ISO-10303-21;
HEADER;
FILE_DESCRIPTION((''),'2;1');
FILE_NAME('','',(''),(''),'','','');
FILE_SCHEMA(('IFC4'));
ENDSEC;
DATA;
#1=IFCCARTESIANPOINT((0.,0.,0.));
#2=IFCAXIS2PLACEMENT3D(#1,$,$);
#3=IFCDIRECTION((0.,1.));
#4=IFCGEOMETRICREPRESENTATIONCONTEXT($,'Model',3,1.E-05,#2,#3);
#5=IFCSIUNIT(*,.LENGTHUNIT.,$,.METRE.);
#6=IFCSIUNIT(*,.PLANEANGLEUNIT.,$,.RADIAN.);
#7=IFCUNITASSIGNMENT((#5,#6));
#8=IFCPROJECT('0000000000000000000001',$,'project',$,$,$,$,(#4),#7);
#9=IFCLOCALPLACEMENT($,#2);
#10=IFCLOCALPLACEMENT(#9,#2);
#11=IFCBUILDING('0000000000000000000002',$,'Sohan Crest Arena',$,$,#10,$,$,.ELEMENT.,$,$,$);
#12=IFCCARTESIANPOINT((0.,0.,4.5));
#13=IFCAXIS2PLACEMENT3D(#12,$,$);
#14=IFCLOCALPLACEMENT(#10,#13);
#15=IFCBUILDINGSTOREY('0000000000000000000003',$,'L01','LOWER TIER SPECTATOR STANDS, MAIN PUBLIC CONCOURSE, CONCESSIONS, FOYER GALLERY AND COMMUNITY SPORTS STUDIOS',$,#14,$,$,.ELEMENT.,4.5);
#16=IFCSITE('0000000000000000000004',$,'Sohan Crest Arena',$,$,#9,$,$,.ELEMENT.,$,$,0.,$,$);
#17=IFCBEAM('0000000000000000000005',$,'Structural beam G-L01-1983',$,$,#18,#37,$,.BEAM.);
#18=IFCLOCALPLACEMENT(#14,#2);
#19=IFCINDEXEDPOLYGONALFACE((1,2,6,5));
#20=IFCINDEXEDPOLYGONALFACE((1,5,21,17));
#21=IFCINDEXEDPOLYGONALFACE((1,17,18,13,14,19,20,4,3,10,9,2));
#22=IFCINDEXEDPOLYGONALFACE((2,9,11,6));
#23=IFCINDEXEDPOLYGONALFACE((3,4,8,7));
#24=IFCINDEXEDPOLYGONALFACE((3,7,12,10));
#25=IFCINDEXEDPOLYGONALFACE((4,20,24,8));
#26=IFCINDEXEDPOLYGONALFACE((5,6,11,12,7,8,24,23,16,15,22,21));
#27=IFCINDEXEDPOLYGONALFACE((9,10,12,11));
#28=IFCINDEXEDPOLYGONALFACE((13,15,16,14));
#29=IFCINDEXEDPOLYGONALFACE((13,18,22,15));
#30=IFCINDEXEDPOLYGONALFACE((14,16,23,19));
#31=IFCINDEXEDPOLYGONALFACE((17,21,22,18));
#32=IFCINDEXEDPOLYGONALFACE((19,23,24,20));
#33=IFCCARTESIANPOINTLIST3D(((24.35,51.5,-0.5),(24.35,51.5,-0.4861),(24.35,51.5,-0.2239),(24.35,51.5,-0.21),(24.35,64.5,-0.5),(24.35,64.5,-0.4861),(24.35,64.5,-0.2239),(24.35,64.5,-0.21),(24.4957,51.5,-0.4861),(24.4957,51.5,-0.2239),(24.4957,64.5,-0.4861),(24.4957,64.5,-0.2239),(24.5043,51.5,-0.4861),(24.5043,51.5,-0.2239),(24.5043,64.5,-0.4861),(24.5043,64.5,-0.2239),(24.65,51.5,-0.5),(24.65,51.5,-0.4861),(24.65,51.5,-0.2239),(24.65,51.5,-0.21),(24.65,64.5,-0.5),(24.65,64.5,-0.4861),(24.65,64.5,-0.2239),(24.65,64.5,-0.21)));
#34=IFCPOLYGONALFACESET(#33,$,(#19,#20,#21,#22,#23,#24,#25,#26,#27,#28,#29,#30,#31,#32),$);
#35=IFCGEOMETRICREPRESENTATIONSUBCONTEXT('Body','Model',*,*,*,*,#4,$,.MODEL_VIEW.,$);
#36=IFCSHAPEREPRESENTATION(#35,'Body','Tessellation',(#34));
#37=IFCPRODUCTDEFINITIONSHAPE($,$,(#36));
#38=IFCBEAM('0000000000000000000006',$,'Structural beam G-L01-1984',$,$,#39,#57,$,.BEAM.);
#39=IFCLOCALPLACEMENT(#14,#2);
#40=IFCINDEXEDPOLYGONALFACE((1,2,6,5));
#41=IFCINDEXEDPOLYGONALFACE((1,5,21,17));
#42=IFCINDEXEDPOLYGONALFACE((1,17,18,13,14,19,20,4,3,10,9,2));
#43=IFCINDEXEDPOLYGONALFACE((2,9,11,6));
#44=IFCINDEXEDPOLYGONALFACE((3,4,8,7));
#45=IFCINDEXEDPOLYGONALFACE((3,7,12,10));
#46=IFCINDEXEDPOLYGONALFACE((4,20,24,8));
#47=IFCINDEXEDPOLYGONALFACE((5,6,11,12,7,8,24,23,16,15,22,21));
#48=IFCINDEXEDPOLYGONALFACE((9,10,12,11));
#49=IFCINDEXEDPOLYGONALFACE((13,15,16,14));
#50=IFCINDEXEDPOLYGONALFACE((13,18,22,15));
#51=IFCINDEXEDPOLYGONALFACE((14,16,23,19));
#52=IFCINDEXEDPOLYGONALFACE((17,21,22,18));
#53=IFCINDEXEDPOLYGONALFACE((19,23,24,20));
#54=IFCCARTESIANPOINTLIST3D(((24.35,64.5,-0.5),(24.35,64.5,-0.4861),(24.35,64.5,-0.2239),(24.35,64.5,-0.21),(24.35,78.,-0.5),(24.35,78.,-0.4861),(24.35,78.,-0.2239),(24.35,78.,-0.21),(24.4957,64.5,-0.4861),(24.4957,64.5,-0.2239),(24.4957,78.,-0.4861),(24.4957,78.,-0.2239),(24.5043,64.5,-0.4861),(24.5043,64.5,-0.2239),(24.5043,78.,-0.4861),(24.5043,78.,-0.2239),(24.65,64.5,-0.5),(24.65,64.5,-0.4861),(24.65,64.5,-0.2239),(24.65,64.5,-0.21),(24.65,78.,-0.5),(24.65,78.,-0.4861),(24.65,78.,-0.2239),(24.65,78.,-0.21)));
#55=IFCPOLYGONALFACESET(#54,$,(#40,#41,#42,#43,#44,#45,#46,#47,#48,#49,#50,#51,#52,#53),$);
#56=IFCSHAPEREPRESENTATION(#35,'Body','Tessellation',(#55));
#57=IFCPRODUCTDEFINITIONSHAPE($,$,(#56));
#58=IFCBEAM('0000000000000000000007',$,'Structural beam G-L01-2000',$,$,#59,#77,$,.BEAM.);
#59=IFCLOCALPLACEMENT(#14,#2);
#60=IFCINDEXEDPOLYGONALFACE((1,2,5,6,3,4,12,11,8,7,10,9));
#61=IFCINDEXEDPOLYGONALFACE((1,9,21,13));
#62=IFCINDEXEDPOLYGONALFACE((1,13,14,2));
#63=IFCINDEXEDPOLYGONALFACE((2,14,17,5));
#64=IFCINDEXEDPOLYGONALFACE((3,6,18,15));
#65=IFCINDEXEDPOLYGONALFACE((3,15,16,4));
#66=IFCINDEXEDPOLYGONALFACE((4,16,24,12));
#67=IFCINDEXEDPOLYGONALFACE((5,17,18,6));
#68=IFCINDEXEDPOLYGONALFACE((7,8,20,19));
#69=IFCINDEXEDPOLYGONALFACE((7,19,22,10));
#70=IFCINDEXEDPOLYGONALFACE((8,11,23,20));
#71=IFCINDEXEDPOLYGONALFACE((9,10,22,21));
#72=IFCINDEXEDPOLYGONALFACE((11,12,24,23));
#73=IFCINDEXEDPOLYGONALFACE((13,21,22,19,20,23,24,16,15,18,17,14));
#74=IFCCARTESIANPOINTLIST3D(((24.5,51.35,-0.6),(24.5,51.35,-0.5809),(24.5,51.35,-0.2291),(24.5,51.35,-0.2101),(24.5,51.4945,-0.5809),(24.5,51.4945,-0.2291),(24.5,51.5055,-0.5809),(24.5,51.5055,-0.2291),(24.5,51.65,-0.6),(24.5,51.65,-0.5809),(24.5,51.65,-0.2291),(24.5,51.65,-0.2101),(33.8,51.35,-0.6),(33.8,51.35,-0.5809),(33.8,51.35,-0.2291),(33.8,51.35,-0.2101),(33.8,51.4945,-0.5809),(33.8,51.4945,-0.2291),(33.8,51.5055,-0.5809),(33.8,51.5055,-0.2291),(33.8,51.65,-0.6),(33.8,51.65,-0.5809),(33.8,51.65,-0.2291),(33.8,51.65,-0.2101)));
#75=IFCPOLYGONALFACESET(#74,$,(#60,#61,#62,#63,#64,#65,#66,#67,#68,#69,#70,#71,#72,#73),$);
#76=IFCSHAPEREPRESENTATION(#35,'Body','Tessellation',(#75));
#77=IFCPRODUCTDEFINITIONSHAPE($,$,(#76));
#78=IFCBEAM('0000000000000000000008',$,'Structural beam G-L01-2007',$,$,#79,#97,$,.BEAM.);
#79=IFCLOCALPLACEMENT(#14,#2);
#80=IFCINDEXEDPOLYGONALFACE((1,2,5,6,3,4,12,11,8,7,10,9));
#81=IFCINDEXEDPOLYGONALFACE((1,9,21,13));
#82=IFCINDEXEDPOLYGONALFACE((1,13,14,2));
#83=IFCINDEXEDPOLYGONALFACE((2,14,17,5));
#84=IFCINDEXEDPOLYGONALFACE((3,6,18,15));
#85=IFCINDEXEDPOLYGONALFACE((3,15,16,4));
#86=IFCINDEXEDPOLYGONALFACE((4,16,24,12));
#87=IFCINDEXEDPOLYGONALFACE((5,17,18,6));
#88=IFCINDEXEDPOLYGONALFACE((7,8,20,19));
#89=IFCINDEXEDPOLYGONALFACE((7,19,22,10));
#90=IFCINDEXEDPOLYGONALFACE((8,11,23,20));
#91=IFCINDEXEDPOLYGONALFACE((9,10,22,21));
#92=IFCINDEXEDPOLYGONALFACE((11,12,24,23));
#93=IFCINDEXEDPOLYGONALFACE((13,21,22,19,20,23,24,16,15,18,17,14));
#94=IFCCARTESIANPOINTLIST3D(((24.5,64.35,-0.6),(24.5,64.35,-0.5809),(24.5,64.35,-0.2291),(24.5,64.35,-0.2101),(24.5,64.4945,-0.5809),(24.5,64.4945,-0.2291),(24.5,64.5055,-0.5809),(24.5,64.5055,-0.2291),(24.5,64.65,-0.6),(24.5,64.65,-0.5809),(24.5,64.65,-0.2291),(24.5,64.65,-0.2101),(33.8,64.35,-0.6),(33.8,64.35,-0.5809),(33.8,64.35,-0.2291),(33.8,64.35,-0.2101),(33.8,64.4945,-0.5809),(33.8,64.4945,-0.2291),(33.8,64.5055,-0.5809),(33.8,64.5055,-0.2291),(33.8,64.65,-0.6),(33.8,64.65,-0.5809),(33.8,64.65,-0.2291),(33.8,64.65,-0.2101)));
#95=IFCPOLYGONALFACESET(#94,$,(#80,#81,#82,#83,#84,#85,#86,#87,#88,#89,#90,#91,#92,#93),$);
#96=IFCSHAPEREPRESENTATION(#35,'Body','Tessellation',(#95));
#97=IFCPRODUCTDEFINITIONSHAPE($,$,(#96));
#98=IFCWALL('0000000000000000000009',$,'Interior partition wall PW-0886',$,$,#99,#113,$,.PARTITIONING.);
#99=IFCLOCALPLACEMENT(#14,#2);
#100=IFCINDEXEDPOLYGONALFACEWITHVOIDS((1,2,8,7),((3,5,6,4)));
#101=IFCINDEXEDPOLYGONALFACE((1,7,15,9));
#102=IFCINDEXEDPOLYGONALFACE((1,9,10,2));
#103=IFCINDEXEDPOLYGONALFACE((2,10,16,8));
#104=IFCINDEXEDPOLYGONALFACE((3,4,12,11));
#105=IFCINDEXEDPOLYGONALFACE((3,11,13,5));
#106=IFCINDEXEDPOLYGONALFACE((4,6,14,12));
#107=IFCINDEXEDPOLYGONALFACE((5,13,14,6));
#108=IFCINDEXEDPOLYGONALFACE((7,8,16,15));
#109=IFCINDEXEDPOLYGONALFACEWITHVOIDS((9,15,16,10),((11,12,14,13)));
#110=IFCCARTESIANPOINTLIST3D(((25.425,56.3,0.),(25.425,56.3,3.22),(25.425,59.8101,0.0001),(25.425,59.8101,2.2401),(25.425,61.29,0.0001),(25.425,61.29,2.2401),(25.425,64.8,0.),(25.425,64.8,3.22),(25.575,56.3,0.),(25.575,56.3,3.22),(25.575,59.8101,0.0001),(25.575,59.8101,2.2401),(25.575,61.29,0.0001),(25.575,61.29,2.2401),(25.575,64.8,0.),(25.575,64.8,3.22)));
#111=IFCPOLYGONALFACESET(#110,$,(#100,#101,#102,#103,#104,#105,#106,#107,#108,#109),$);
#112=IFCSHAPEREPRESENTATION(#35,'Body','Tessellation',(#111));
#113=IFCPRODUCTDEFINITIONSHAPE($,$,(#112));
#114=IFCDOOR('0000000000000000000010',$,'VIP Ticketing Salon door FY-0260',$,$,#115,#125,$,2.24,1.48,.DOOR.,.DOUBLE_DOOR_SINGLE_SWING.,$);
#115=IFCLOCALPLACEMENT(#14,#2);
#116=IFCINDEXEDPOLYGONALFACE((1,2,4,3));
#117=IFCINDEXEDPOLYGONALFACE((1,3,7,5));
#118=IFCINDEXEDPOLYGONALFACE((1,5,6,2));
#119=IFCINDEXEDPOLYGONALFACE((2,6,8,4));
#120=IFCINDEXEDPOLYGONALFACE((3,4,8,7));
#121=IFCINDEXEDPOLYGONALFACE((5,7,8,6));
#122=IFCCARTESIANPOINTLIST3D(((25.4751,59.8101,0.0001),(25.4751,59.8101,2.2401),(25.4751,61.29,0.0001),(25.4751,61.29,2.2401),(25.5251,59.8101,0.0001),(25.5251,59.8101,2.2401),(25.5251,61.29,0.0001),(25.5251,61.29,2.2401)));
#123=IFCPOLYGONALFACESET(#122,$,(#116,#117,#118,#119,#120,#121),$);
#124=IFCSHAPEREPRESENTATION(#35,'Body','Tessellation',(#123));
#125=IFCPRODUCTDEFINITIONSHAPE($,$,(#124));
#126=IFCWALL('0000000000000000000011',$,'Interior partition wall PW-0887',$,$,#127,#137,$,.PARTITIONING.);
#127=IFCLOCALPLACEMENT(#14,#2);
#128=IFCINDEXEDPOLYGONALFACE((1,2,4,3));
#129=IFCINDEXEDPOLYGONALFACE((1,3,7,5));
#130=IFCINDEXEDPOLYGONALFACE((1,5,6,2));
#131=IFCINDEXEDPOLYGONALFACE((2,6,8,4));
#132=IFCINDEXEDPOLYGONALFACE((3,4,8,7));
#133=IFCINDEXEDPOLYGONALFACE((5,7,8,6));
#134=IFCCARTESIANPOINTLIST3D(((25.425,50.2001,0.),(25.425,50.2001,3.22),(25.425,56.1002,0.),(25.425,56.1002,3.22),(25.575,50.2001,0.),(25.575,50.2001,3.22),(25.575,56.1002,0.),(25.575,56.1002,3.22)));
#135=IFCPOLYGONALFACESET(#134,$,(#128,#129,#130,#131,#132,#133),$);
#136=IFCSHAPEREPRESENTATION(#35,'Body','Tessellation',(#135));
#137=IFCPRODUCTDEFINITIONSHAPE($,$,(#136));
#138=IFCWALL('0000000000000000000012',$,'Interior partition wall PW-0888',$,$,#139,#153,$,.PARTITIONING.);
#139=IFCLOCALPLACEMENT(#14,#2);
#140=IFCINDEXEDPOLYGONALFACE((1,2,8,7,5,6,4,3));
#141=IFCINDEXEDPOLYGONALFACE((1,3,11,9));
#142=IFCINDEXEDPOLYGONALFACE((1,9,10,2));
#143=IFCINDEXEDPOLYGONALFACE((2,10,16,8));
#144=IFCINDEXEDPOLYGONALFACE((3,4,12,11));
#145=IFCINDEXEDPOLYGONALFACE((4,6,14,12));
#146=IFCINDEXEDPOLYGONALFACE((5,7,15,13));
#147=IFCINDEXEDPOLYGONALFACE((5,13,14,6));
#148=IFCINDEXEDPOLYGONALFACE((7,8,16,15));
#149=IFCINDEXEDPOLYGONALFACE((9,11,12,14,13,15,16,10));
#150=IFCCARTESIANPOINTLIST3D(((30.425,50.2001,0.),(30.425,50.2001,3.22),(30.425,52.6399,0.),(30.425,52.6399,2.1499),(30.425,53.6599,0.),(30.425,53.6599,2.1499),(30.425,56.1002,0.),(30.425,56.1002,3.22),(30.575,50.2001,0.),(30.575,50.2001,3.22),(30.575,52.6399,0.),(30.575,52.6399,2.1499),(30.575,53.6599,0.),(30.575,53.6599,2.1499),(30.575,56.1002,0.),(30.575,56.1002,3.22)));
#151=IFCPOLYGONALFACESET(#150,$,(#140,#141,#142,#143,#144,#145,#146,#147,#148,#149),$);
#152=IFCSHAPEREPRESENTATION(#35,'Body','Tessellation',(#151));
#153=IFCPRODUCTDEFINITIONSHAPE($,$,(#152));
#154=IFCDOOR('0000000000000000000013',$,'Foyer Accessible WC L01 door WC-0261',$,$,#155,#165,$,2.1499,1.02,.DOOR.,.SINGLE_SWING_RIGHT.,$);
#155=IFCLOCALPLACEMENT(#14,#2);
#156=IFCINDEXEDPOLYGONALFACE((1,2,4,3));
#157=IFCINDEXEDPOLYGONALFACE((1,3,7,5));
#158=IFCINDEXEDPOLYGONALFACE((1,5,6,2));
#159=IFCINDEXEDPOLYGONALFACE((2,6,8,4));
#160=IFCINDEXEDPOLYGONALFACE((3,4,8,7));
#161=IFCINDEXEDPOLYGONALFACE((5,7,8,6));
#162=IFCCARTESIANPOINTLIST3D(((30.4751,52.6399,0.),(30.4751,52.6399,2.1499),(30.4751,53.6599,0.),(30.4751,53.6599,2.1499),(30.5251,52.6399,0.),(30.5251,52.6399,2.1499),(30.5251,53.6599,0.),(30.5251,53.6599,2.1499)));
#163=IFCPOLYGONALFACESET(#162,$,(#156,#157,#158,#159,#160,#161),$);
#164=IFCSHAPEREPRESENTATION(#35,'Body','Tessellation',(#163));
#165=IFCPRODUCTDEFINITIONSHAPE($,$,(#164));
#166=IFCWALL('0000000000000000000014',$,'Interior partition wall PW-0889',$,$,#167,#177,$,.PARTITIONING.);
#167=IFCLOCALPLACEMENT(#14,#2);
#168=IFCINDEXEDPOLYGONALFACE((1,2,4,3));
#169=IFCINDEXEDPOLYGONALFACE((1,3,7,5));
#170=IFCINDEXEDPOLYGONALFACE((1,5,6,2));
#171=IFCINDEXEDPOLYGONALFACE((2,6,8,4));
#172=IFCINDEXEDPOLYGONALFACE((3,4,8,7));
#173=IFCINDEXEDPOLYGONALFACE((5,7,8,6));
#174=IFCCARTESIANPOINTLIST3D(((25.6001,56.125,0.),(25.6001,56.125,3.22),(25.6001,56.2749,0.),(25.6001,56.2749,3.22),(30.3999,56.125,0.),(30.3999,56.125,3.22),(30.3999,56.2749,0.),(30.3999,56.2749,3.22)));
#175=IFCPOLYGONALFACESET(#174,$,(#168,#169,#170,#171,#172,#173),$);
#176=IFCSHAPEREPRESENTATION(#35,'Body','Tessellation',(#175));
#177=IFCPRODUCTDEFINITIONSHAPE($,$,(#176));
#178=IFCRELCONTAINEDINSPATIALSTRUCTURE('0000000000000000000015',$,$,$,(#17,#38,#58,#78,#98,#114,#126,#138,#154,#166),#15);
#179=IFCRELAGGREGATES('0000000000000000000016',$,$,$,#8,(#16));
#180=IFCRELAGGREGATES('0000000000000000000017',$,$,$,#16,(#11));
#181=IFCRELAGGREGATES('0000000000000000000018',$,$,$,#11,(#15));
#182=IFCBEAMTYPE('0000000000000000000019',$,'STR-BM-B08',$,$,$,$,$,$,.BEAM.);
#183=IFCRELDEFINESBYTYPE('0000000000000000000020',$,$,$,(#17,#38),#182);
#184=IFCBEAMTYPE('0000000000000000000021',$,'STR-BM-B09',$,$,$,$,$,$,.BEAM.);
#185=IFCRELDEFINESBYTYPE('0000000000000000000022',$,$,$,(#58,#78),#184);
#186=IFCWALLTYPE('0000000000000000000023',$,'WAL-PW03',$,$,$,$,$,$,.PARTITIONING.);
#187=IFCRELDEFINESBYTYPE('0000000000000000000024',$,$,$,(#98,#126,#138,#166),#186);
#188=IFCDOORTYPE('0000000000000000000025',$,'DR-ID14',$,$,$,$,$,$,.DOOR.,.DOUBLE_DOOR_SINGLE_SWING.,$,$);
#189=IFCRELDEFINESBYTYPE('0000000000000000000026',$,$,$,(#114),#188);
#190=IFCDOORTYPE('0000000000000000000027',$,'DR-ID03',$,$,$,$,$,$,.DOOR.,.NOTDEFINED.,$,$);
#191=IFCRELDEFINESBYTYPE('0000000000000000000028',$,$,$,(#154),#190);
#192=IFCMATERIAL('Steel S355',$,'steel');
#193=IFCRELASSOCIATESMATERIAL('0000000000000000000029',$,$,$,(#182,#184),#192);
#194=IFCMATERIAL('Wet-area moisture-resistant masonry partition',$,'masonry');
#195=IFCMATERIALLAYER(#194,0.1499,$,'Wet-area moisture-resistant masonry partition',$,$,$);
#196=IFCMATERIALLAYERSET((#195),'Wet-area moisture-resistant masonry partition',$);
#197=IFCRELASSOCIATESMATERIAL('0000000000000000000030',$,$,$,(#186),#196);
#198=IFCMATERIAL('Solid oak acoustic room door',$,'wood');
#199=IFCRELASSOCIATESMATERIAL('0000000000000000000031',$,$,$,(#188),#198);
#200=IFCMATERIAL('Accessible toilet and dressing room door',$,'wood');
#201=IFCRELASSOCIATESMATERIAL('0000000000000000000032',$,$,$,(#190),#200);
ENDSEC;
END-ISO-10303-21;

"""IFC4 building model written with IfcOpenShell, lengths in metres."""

from ifc_helpers import new_model, si_unit, direction, frame, frame_2d, origin, origin_2d, place, context, subcontext, project, spatial, rectangle, i_section, extrude, material, layer, layer_set, material_profile, profile_set, type_object, element, fill, save


model = new_model("IFC4")

# Units and contexts
model_context = context("Model", 3, precision=1e-05, world=origin(), true_north=direction((0.0, 1.0)))
body_context = subcontext(model_context, "Body", "Model", "MODEL_VIEW")
ifc_project = project(units=[si_unit("LENGTHUNIT", "METRE"), si_unit("PLANEANGLEUNIT", "RADIAN")], contexts=[model_context])

# Site, building, storey
site_placement = place(None, origin())
site = spatial("IfcSite", under=ifc_project, at=site_placement, Name="Sohan Crest Arena", CompositionType="ELEMENT", RefElevation=0.0)
building_placement = place(site_placement, origin())
building = spatial("IfcBuilding", under=site, at=building_placement, Name="Sohan Crest Arena", CompositionType="ELEMENT")
storey_placement = place(building_placement, frame((0.0, 0.0, 4.5)))
storey = spatial("IfcBuildingStorey", under=building, at=storey_placement, Name="L01", Description="LOWER TIER SPECTATOR STANDS, MAIN PUBLIC CONCOURSE, CONCESSIONS, FOYER GALLERY AND COMMUNITY SPORTS STUDIOS", CompositionType="ELEMENT", Elevation=4.5)

# Beams
ifc_material_1 = material(Name="Steel S355", Category="steel")
ifc_material_profile_1 = material_profile(ifc_material_1, i_section(OverallWidth=0.3, OverallDepth=0.29, WebThickness=0.0085, FlangeThickness=0.0139, at=origin_2d()), Name="HEA 300")
ifc_profile_set_1 = profile_set([ifc_material_profile_1], Name="Steel S355")
beam_type_1 = type_object("IfcBeamType", Name="STR-BM-B08", PredefinedType="BEAM", material=ifc_profile_set_1)
beam_1_placement = place(storey_placement, frame((24.5, 51.5, -0.355), z_axis=(0.0, 1.0, 0.0), x_axis=(-1.0, 0.0, 0.0)))
element("IfcBeam", 1, at=beam_1_placement, inside=storey, type_object=beam_type_1, Name="Structural beam G-L01-1983", PredefinedType="BEAM", context=body_context, shape_type="SweptSolid", body=[
    extrude(i_section(OverallWidth=0.3, OverallDepth=0.29, WebThickness=0.0085, FlangeThickness=0.0139, at=origin_2d()), origin(), (0.0, 0.0, 1.0), 13.0),
])
beam_2_placement = place(storey_placement, frame((24.5, 64.5, -0.355), z_axis=(0.0, 1.0, 0.0), x_axis=(-1.0, 0.0, 0.0)))
element("IfcBeam", 2, at=beam_2_placement, inside=storey, type_object=beam_type_1, Name="Structural beam G-L01-1984", PredefinedType="BEAM", context=body_context, shape_type="SweptSolid", body=[
    extrude(i_section(OverallWidth=0.3, OverallDepth=0.29, WebThickness=0.0085, FlangeThickness=0.0139, at=origin_2d()), origin(), (0.0, 0.0, 1.0), 13.5),
])
ifc_material_profile_2 = material_profile(ifc_material_1, i_section(OverallWidth=0.3, OverallDepth=0.3899, WebThickness=0.011, FlangeThickness=0.019, at=origin_2d()), Name="HEA 400")
ifc_profile_set_2 = profile_set([ifc_material_profile_2], Name="Steel S355")
beam_type_2 = type_object("IfcBeamType", Name="STR-BM-B09", PredefinedType="BEAM", material=ifc_profile_set_2)
for number, where, z_axis, x_axis, name in (
    (3, (24.5, 51.5, -0.405), (1.0, 0.0, 0.0), (0.0, 1.0, 0.0), "Structural beam G-L01-2000"),
    (4, (24.5, 64.5, -0.405), (1.0, 0.0, 0.0), (0.0, 1.0, 0.0), "Structural beam G-L01-2007"),
):
    element("IfcBeam", number, at=place(storey_placement, frame(where, z_axis=z_axis, x_axis=x_axis)), inside=storey, type_object=beam_type_2, Name=name, PredefinedType="BEAM", context=body_context, shape_type="SweptSolid", body=[
        extrude(i_section(OverallWidth=0.3, OverallDepth=0.3899, WebThickness=0.011, FlangeThickness=0.019, at=origin_2d()), origin(), (0.0, 0.0, 1.0), 9.3),
    ])

# Wall, opening, door
ifc_material_2 = material(Name="Wet-area moisture-resistant masonry partition", Category="masonry")
ifc_layer_1 = layer(ifc_material_2, 0.1499, Name="Wet-area moisture-resistant masonry partition")
ifc_layer_set_1 = layer_set([ifc_layer_1], Name="Wet-area moisture-resistant masonry partition")
wall_type_1 = type_object("IfcWallType", Name="WAL-PW03", PredefinedType="PARTITIONING", material=ifc_layer_set_1)
wall_1_placement = place(storey_placement, frame((25.5, 56.3, 0.0), z_axis=(0.0, 0.0, 1.0), x_axis=(0.0, 1.0, 0.0)))
wall_1 = element("IfcWall", 5, at=wall_1_placement, inside=storey, type_object=wall_type_1, Name="Interior partition wall PW-0886", PredefinedType="PARTITIONING", context=body_context, shape_type="SweptSolid", body=[
    extrude(rectangle(XDim=8.5, YDim=0.1499, at=frame_2d((4.25, 0.0))), origin(), (0.0, 0.0, 1.0), 3.22),
])
opening_1_placement = place(wall_1_placement, frame((3.51, 0.0, 0.0)))
opening_1 = element("IfcOpeningElement", 6, at=opening_1_placement, cuts=wall_1, PredefinedType="OPENING", context=body_context, shape_type="SweptSolid", body=[
    extrude(rectangle(XDim=1.48, YDim=2.24, at=frame_2d((0.74, 1.1201))), frame((0.0, 0.085, 0.0), z_axis=(0.0, -1.0, 0.0), x_axis=(1.0, 0.0, 0.0)), (0.0, 0.0, 1.0), 0.1699),
])
ifc_material_3 = material(Name="Solid oak acoustic room door", Category="wood")
door_type_1 = type_object("IfcDoorType", Name="DR-ID14", OperationType="DOUBLE_DOOR_SINGLE_SWING", PredefinedType="DOOR", material=ifc_material_3)
door_1_placement = place(opening_1_placement, origin())
door_1 = element("IfcDoor", 7, at=door_1_placement, inside=storey, type_object=door_type_1, Name="VIP Ticketing Salon door FY-0260", OperationType="DOUBLE_DOOR_SINGLE_SWING", OverallHeight=2.24, OverallWidth=1.48, PredefinedType="DOOR", context=body_context, shape_type="SweptSolid", body=[
    extrude(rectangle(XDim=1.48, YDim=2.24, at=frame_2d((0.74, 1.1201))), frame((0.0, 0.0249, 0.0), z_axis=(0.0, -1.0, 0.0), x_axis=(1.0, 0.0, 0.0)), (0.0, 0.0, 1.0), 0.05),
])
fill(opening_1, door_1)

# Wall
wall_2_placement = place(storey_placement, frame((25.5, 50.2, 0.0), z_axis=(0.0, 0.0, 1.0), x_axis=(0.0, 1.0, 0.0)))
element("IfcWall", 8, at=wall_2_placement, inside=storey, type_object=wall_type_1, Name="Interior partition wall PW-0887", PredefinedType="PARTITIONING", context=body_context, shape_type="SweptSolid", body=[
    extrude(rectangle(XDim=5.9001, YDim=0.1499, at=frame_2d((2.9502, 0.0))), origin(), (0.0, 0.0, 1.0), 3.22),
])

# Wall, opening, door
wall_3_placement = place(storey_placement, frame((30.5, 50.2, 0.0), z_axis=(0.0, 0.0, 1.0), x_axis=(0.0, 1.0, 0.0)))
wall_3 = element("IfcWall", 9, at=wall_3_placement, inside=storey, type_object=wall_type_1, Name="Interior partition wall PW-0888", PredefinedType="PARTITIONING", context=body_context, shape_type="SweptSolid", body=[
    extrude(rectangle(XDim=5.9001, YDim=0.1499, at=frame_2d((2.9502, 0.0))), origin(), (0.0, 0.0, 1.0), 3.22),
])
opening_2_placement = place(wall_3_placement, frame((2.4399, 0.0, 0.0)))
opening_2 = element("IfcOpeningElement", 10, at=opening_2_placement, cuts=wall_3, PredefinedType="OPENING", context=body_context, shape_type="SweptSolid", body=[
    extrude(rectangle(XDim=1.02, YDim=2.1499, at=frame_2d((0.51, 1.075))), frame((0.0, 0.085, 0.0), z_axis=(0.0, -1.0, 0.0), x_axis=(1.0, 0.0, 0.0)), (0.0, 0.0, 1.0), 0.1699),
])
ifc_material_4 = material(Name="Accessible toilet and dressing room door", Category="wood")
door_type_2 = type_object("IfcDoorType", Name="DR-ID03", OperationType="NOTDEFINED", PredefinedType="DOOR", material=ifc_material_4)
door_2_placement = place(opening_2_placement, origin())
door_2 = element("IfcDoor", 11, at=door_2_placement, inside=storey, type_object=door_type_2, Name="Foyer Accessible WC L01 door WC-0261", OperationType="SINGLE_SWING_RIGHT", OverallHeight=2.1499, OverallWidth=1.02, PredefinedType="DOOR", context=body_context, shape_type="SweptSolid", body=[
    extrude(rectangle(XDim=1.02, YDim=2.1499, at=frame_2d((0.51, 1.075))), frame((0.0, 0.0249, 0.0), z_axis=(0.0, -1.0, 0.0), x_axis=(1.0, 0.0, 0.0)), (0.0, 0.0, 1.0), 0.05),
])
fill(opening_2, door_2)

# Wall
wall_4_placement = place(storey_placement, frame((25.6001, 56.2, 0.0), z_axis=(0.0, 0.0, 1.0), x_axis=(1.0, 0.0, 0.0)))
element("IfcWall", 12, at=wall_4_placement, inside=storey, type_object=wall_type_1, Name="Interior partition wall PW-0889", PredefinedType="PARTITIONING", context=body_context, shape_type="SweptSolid", body=[
    extrude(rectangle(XDim=4.7998, YDim=0.1499, at=frame_2d((2.3999, 0.0))), origin(), (0.0, 0.0, 1.0), 3.22),
])

save(model, "model.ifc")
